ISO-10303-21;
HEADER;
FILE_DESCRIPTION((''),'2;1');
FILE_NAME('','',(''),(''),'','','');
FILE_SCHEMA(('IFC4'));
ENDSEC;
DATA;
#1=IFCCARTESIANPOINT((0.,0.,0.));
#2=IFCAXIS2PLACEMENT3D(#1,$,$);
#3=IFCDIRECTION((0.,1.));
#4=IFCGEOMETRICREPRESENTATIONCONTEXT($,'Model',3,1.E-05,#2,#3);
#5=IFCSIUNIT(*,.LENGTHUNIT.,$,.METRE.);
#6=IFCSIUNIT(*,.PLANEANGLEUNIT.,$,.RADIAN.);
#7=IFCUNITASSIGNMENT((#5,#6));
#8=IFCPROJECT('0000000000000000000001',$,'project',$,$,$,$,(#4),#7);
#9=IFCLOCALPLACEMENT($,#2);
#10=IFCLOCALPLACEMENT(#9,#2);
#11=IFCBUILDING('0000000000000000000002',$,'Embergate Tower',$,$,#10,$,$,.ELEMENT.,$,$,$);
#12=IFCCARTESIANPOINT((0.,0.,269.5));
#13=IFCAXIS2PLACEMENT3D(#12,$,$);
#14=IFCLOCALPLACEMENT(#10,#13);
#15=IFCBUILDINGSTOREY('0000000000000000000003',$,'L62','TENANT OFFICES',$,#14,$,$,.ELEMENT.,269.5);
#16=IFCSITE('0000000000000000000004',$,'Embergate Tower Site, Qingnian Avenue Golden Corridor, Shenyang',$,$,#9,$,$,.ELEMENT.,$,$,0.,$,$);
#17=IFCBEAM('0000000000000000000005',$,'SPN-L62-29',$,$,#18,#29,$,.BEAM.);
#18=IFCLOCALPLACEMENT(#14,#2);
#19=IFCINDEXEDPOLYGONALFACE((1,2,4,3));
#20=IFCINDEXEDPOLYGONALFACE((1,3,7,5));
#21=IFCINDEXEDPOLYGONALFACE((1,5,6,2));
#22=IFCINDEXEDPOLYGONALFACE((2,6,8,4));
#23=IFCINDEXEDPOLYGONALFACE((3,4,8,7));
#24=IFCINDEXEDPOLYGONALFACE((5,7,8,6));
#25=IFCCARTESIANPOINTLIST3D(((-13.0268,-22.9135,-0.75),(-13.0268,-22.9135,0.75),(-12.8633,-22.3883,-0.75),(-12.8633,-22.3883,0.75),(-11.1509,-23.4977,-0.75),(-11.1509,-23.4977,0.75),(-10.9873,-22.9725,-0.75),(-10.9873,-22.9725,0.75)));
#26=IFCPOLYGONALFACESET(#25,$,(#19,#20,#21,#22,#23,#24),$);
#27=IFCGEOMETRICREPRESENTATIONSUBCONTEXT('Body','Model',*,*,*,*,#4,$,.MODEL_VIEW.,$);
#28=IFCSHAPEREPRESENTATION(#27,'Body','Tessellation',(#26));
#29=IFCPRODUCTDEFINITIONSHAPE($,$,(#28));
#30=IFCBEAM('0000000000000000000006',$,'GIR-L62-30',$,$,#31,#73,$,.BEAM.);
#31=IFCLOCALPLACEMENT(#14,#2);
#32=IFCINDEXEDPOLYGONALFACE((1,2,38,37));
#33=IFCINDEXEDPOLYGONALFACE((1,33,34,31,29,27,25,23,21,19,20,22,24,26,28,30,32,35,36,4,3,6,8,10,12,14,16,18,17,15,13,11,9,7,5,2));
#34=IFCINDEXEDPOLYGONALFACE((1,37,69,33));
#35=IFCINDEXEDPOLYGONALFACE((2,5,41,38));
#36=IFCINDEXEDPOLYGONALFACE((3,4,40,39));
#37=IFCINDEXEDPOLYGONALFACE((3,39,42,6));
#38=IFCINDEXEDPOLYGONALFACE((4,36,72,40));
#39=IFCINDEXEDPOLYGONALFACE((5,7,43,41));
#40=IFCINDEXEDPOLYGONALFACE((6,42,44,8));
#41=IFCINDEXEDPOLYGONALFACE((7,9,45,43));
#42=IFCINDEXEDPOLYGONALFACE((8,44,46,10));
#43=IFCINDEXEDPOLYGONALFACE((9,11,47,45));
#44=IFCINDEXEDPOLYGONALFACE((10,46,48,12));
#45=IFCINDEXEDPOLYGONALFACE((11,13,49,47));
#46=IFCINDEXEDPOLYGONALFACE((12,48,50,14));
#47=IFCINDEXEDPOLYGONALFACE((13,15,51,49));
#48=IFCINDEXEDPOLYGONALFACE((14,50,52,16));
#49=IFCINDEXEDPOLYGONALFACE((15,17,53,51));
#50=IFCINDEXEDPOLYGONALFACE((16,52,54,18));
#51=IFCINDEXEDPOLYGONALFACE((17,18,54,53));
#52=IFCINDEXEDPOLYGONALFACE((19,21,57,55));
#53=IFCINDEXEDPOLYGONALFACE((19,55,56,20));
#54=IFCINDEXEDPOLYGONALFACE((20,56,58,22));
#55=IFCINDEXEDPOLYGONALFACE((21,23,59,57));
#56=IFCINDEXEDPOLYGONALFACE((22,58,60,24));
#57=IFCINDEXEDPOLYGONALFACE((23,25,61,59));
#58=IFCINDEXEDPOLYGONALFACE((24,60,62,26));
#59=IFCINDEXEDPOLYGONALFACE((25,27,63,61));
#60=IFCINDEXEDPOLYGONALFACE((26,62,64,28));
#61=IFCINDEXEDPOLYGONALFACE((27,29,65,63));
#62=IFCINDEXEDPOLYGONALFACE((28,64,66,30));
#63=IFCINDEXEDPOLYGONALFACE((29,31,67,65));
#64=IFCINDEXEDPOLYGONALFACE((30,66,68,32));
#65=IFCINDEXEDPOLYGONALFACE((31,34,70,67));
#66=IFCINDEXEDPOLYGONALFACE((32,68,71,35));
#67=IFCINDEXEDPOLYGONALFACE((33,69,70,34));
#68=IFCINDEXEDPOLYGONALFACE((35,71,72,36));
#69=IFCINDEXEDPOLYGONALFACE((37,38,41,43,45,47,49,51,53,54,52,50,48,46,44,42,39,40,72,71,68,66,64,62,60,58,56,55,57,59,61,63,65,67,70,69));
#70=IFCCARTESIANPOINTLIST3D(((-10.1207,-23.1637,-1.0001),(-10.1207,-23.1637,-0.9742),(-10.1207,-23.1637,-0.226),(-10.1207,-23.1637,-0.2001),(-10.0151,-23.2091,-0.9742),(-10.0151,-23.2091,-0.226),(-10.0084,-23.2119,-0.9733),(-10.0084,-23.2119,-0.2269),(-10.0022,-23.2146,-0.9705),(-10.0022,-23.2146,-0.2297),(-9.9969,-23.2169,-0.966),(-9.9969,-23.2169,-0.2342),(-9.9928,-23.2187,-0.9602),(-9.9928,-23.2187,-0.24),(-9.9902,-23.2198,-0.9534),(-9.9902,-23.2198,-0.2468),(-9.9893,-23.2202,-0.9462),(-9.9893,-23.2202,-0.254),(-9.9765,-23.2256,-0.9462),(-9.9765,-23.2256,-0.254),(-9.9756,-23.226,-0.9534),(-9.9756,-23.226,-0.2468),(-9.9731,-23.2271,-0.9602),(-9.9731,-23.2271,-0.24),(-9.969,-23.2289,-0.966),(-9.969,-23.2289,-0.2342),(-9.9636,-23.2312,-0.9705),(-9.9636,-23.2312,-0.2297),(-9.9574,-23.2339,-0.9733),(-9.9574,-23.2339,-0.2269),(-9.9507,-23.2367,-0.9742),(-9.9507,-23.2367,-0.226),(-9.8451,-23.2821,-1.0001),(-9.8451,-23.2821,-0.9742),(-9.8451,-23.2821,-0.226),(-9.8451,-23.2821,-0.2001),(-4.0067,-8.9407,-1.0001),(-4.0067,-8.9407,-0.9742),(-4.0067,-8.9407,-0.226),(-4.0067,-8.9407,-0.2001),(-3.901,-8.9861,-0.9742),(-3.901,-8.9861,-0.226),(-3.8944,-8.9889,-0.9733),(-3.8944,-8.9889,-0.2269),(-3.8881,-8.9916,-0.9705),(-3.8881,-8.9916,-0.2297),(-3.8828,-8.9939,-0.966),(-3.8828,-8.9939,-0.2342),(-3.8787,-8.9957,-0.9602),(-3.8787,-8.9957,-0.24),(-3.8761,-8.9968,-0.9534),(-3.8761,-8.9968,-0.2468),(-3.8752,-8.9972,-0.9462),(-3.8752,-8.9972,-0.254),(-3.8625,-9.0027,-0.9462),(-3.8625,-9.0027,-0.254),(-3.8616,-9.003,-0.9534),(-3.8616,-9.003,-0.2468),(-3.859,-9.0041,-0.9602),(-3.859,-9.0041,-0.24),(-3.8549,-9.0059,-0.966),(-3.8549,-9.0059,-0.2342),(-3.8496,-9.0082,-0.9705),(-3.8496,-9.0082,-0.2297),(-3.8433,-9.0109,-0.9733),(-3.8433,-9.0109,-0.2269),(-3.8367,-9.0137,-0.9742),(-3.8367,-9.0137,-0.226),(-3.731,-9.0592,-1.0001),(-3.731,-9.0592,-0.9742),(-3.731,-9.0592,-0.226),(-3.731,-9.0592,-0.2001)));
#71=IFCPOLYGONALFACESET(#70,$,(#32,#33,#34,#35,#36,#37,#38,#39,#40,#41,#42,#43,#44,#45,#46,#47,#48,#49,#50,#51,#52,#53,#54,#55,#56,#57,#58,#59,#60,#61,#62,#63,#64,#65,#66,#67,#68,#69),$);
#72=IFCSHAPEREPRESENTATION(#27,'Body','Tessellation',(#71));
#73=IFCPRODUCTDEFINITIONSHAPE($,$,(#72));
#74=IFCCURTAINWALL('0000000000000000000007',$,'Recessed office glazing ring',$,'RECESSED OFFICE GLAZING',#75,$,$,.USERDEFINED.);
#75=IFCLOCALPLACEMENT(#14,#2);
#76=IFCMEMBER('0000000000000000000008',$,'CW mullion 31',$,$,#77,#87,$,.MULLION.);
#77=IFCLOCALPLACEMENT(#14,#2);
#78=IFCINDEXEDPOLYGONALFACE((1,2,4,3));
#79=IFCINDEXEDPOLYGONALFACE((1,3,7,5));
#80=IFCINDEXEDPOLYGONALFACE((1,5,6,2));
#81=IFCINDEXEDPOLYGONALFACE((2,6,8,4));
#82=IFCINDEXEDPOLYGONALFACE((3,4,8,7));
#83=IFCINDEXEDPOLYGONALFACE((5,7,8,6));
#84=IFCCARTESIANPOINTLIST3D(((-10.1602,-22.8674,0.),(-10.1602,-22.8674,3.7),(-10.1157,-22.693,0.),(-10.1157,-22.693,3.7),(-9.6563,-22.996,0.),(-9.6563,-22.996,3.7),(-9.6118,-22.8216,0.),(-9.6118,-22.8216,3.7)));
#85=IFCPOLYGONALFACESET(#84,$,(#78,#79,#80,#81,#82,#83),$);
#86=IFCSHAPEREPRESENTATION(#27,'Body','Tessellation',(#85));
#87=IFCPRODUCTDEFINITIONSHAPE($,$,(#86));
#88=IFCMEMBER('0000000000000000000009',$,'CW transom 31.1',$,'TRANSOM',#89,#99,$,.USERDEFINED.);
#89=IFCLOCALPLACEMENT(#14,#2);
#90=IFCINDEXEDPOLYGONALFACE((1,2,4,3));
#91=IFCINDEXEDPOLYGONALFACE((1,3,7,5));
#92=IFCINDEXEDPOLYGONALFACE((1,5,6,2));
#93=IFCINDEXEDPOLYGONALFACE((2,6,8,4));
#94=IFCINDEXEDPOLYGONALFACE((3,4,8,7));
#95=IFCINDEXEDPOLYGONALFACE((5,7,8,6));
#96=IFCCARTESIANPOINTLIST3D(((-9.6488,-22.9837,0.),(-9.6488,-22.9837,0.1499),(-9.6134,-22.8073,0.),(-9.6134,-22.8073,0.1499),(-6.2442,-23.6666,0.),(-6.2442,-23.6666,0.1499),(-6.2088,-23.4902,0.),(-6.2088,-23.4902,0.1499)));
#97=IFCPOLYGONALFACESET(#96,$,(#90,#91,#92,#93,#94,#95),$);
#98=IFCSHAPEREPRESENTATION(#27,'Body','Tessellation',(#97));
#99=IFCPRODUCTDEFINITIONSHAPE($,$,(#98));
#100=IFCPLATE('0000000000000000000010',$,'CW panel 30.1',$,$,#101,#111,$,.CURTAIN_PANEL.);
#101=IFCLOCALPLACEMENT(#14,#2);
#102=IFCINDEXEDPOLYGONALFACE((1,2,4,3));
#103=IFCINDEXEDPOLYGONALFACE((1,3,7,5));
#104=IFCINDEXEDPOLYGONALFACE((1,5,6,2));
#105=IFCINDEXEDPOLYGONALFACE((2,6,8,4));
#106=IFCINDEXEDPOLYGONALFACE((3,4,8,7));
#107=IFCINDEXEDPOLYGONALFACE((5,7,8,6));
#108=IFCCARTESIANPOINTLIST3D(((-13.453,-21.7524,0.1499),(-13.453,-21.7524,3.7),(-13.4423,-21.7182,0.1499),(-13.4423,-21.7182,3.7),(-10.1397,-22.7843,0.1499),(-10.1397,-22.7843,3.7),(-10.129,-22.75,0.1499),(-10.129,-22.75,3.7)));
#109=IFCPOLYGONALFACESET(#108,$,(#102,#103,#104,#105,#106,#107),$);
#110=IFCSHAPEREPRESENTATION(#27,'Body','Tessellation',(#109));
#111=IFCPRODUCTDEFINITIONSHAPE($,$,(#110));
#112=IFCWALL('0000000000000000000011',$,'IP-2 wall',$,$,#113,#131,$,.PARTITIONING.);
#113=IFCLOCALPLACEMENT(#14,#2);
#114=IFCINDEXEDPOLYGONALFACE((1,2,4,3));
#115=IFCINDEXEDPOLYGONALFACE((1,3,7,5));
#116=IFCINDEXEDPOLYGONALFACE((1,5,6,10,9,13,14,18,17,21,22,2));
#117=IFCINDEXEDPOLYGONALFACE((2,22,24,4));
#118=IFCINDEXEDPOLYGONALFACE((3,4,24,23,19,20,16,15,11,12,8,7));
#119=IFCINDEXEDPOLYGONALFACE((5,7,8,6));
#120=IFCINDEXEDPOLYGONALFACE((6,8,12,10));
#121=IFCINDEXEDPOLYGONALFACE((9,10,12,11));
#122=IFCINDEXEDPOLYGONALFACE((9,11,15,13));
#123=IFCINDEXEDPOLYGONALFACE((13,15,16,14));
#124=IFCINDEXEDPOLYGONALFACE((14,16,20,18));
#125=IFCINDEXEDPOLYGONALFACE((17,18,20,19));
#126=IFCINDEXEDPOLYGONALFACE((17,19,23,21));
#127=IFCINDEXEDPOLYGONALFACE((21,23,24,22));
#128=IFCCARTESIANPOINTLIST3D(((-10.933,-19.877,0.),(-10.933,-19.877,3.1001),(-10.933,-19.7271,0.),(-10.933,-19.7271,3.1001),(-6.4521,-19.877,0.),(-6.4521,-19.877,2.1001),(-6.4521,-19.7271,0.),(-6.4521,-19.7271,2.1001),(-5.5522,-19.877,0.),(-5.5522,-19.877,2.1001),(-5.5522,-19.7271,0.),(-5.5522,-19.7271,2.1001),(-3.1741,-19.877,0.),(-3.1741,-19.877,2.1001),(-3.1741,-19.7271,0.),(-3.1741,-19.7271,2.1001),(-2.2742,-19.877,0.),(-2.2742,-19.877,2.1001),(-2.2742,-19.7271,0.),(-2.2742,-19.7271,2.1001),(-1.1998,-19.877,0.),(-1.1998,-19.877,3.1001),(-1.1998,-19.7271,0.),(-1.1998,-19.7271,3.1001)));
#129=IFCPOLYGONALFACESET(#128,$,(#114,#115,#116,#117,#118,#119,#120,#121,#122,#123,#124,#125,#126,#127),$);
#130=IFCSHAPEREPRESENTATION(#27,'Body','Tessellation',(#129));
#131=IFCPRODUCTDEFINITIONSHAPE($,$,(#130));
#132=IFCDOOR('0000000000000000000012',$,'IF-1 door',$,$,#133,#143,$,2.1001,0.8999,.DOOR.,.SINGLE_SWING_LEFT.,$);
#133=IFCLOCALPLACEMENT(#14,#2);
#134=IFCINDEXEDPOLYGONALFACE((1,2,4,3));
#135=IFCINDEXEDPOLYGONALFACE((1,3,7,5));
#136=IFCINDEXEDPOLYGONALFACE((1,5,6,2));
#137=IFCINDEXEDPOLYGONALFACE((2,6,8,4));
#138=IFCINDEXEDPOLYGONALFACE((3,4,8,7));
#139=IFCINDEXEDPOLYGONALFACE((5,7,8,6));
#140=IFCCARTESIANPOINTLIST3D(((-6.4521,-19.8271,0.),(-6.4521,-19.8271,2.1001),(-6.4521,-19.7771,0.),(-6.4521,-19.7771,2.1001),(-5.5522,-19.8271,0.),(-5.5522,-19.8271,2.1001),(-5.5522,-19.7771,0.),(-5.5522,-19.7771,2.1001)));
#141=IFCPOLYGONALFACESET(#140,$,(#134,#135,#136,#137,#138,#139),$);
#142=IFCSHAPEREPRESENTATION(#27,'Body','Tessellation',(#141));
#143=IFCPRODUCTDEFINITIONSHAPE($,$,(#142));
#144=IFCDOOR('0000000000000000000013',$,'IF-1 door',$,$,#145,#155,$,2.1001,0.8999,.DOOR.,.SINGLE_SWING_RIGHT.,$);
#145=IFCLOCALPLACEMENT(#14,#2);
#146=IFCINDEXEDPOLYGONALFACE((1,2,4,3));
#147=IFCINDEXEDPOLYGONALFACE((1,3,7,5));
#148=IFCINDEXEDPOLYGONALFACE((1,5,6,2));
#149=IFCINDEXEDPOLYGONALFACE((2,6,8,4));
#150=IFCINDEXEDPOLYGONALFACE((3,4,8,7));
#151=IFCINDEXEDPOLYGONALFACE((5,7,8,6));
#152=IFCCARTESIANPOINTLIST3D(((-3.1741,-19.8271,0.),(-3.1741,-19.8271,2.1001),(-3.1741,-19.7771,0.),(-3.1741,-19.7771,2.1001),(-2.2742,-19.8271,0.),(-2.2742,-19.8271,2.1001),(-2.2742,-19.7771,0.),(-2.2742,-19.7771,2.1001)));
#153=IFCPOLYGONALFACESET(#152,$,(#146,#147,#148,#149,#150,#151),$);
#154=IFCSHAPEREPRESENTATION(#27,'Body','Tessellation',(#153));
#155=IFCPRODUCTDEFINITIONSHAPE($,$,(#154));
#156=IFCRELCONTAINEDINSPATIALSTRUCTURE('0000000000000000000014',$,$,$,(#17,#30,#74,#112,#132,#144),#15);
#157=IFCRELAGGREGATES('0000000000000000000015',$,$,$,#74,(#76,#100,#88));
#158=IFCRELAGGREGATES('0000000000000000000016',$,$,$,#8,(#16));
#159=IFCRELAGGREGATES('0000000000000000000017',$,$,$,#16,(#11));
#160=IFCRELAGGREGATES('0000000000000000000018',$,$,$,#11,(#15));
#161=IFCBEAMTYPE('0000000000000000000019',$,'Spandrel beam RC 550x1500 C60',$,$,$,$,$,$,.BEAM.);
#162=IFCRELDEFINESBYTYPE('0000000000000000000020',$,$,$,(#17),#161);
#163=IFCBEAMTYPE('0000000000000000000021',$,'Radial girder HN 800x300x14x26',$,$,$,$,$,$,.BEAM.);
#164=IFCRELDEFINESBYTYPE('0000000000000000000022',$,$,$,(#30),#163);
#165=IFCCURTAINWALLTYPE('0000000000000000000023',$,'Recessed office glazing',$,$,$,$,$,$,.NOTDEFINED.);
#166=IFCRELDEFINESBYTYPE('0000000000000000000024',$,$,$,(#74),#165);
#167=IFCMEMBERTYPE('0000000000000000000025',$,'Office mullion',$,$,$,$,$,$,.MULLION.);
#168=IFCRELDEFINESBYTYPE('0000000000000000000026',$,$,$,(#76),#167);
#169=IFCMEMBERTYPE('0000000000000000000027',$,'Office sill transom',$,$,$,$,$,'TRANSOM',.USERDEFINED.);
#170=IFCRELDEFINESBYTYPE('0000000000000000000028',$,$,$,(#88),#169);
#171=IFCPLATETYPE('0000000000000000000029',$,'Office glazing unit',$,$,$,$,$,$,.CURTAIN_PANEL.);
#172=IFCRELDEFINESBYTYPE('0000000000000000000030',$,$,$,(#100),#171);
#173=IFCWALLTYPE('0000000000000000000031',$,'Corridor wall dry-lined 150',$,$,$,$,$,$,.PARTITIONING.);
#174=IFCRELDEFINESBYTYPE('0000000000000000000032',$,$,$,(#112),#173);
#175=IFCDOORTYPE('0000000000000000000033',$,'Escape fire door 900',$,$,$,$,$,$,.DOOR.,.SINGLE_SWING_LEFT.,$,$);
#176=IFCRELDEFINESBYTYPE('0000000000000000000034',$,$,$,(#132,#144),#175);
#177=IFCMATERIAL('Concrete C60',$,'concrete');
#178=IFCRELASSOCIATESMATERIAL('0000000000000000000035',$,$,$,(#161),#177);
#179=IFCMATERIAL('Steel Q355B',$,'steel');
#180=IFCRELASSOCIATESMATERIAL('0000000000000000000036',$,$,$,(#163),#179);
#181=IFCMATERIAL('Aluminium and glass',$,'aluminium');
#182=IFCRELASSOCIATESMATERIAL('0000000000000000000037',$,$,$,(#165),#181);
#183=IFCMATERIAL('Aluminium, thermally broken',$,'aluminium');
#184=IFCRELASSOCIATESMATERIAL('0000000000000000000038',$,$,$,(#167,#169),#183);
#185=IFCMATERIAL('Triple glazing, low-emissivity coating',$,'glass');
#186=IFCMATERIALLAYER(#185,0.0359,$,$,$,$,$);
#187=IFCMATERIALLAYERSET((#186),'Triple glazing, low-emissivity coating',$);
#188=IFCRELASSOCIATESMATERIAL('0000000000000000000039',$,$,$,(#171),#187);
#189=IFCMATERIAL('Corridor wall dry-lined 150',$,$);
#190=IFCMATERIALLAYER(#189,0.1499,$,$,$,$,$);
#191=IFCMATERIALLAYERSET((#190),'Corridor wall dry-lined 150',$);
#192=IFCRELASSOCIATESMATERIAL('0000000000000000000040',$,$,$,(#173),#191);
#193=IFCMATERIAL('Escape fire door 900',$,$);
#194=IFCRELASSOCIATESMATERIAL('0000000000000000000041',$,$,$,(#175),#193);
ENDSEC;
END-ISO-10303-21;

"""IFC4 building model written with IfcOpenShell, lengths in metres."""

from ifc_helpers import new_model, si_unit, direction, frame, frame_2d, origin, origin_2d, place, context, subcontext, project, spatial, rectangle, i_section, extrude, source, transform, mapped, material, layer, layer_set, material_profile, profile_set, type_object, element, fill, aggregate, save


model = new_model("IFC4")

# Units and contexts
model_context = context("Model", 3, precision=1e-05, world=origin(), true_north=direction((0.0, 1.0)))
body_context = subcontext(model_context, "Body", "Model", "MODEL_VIEW")
ifc_project = project(units=[si_unit("LENGTHUNIT", "METRE"), si_unit("PLANEANGLEUNIT", "RADIAN")], contexts=[model_context])

# Site, building, storey
site_placement = place(None, origin())
site = spatial("IfcSite", under=ifc_project, at=site_placement, Name="Embergate Tower Site, Qingnian Avenue Golden Corridor, Shenyang", CompositionType="ELEMENT", RefElevation=0.0)
building_placement = place(site_placement, origin())
building = spatial("IfcBuilding", under=site, at=building_placement, Name="Embergate Tower", CompositionType="ELEMENT")
storey_placement = place(building_placement, frame((0.0, 0.0, 269.5)))
storey = spatial("IfcBuildingStorey", under=building, at=storey_placement, Name="L62", Description="TENANT OFFICES", CompositionType="ELEMENT", Elevation=269.5)

# Beams
ifc_material_1 = material(Name="Concrete C60", Category="concrete")
ifc_material_profile_1 = material_profile(ifc_material_1, rectangle(XDim=0.55, YDim=1.5, at=origin_2d()), Name="RC 550x1500")
ifc_profile_set_1 = profile_set([ifc_material_profile_1], Name="Concrete C60")
beam_type_1 = type_object("IfcBeamType", Name="Spandrel beam RC 550x1500 C60", PredefinedType="BEAM", material=ifc_profile_set_1)
shared_shape_1 = source(origin(), body_context, "Body", "SweptSolid", [
    extrude(rectangle(XDim=0.55, YDim=1.5, at=origin_2d()), origin(), (0.0, 0.0, 1.0), 1.9648),
])
beam_1_placement = place(storey_placement, frame((-12.9451, -22.6509, 0.0), z_axis=(0.954771, -0.297341, 0.0), x_axis=(0.297341, 0.954771, 0.0)))
element("IfcBeam", 1, at=beam_1_placement, inside=storey, type_object=beam_type_1, Name="SPN-L62-29", PredefinedType="BEAM", context=body_context, shape_type="MappedRepresentation", body=[
    mapped(shared_shape_1, transform((0.0, 0.0, 0.0))),
])
ifc_material_2 = material(Name="Steel Q355B", Category="steel")
ifc_material_profile_2 = material_profile(ifc_material_2, i_section(OverallWidth=0.3, OverallDepth=0.8, WebThickness=0.0139, FlangeThickness=0.0259, FilletRadius=0.0281, at=origin_2d()), Name="HN 800x300x14x26")
ifc_profile_set_2 = profile_set([ifc_material_profile_2], Name="Steel Q355 grade B")
beam_type_2 = type_object("IfcBeamType", Name="Radial girder HN 800x300x14x26", PredefinedType="BEAM", material=ifc_profile_set_2)
shared_shape_2 = source(origin(), body_context, "Body", "SweptSolid", [
    extrude(i_section(OverallWidth=0.3, OverallDepth=0.8, WebThickness=0.0139, FlangeThickness=0.0259, FilletRadius=0.0281, at=origin_2d()), origin(), (0.0, 0.0, 1.0), 15.4814),
])
beam_2_placement = place(storey_placement, frame((-9.9829, -23.2229, -0.6001), z_axis=(0.394928, 0.918712, 0.0), x_axis=(-0.918712, 0.394928, 0.0)))
element("IfcBeam", 2, at=beam_2_placement, inside=storey, type_object=beam_type_2, Name="GIR-L62-30", PredefinedType="BEAM", context=body_context, shape_type="MappedRepresentation", body=[
    mapped(shared_shape_2, transform((0.0, 0.0, 0.0))),
])

# Curtain wall, members, plate
ifc_material_3 = material(Name="Aluminium and glass", Category="aluminium")
curtain_wall_type = type_object("IfcCurtainWallType", Name="Recessed office glazing", PredefinedType="NOTDEFINED", material=ifc_material_3)
curtain_wall_placement = place(storey_placement, origin())
curtain_wall = element("IfcCurtainWall", 3, at=curtain_wall_placement, inside=storey, type_object=curtain_wall_type, Name="Recessed office glazing ring", ObjectType="RECESSED OFFICE GLAZING", PredefinedType="USERDEFINED")
ifc_material_4 = material(Name="Aluminium, thermally broken", Category="aluminium")
ifc_material_profile_3 = material_profile(ifc_material_4, rectangle(XDim=0.1799, YDim=0.52, at=origin_2d()), Name="AL 520x180")
ifc_profile_set_3 = profile_set([ifc_material_profile_3], Name="Aluminium, thermally broken")
member_type_1 = type_object("IfcMemberType", Name="Office mullion", PredefinedType="MULLION", material=ifc_profile_set_3)
shared_shape_3 = source(origin(), body_context, "Body", "SweptSolid", [
    extrude(rectangle(XDim=0.1799, YDim=0.52, at=origin_2d()), origin(), (0.0, 0.0, 1.0), 3.7),
])
member_1_placement = place(storey_placement, frame((-9.886, -22.8445, 0.0), z_axis=(0.0, 0.0, 1.0), x_axis=(0.247307, 0.968937, 0.0)))
member_1 = element("IfcMember", 4, at=member_1_placement, type_object=member_type_1, Name="CW mullion 31", PredefinedType="MULLION", context=body_context, shape_type="MappedRepresentation", body=[
    mapped(shared_shape_3, transform((0.0, 0.0, 0.0))),
])
ifc_material_profile_4 = material_profile(ifc_material_4, rectangle(XDim=0.1799, YDim=0.1499, at=origin_2d()), Name="AL 150x180")
ifc_profile_set_4 = profile_set([ifc_material_profile_4], Name="Aluminium, thermally broken")
member_type_2 = type_object("IfcMemberType", Name="Office sill transom", ElementType="TRANSOM", PredefinedType="USERDEFINED", material=ifc_profile_set_4)
shared_shape_4 = source(origin(), body_context, "Body", "SweptSolid", [
    extrude(rectangle(XDim=0.1799, YDim=0.1499, at=origin_2d()), origin(), (0.0, 0.0, 1.0), 3.4724),
])
member_2_placement = place(storey_placement, frame((-9.6311, -22.8955, 0.075), z_axis=(0.980472, -0.196657, 0.0), x_axis=(0.196657, 0.980472, 0.0)))
member_2 = element("IfcMember", 5, at=member_2_placement, type_object=member_type_2, Name="CW transom 31.1", ObjectType="TRANSOM", PredefinedType="USERDEFINED", context=body_context, shape_type="MappedRepresentation", body=[
    mapped(shared_shape_4, transform((0.0, 0.0, 0.0))),
])
ifc_material_5 = material(Name="Triple glazing, low-emissivity coating", Category="glass")
ifc_layer_1 = layer(ifc_material_5, 0.0359)
ifc_layer_set_1 = layer_set([ifc_layer_1], Name="Triple glazing, low-emissivity coating")
plate_type = type_object("IfcPlateType", Name="Office glazing unit", PredefinedType="CURTAIN_PANEL", material=ifc_layer_set_1)
shared_shape_5 = source(origin(), body_context, "Body", "SweptSolid", [
    extrude(rectangle(XDim=3.4702, YDim=0.0359, at=origin_2d()), origin(), (0.0, 0.0, 1.0), 3.55),
])
plate_placement = place(storey_placement, frame((-11.791, -22.2512, 0.1499), z_axis=(0.0, 0.0, 1.0), x_axis=(0.954773, -0.297337, 0.0)))
plate = element("IfcPlate", 6, at=plate_placement, type_object=plate_type, Name="CW panel 30.1", PredefinedType="CURTAIN_PANEL", context=body_context, shape_type="MappedRepresentation", body=[
    mapped(shared_shape_5, transform((0.0, 0.0, 0.0))),
])
aggregate(curtain_wall, [member_1, plate, member_2])

# Wall, openings, doors
ifc_material_6 = material(Name="Corridor wall dry-lined 150")
ifc_layer_2 = layer(ifc_material_6, 0.1499)
ifc_layer_set_2 = layer_set([ifc_layer_2], Name="Corridor wall dry-lined 150")
wall_type_1 = type_object("IfcWallType", Name="Corridor wall dry-lined 150", PredefinedType="PARTITIONING", material=ifc_layer_set_2)
shared_shape_6 = source(origin(), body_context, "Body", "SweptSolid", [
    extrude(rectangle(XDim=9.7332, YDim=0.1499, at=frame_2d((4.8667, 0.0))), origin(), (0.0, 0.0, 1.0), 3.1001),
])
wall_1_placement = place(storey_placement, frame((-10.9331, -19.802, 0.0), z_axis=(0.0, 0.0, 1.0), x_axis=(1.0, 0.0, 0.0)))
wall_1 = element("IfcWall", 7, at=wall_1_placement, inside=storey, type_object=wall_type_1, Name="IP-2 wall", PredefinedType="PARTITIONING", context=body_context, shape_type="MappedRepresentation", body=[
    mapped(shared_shape_6, transform((0.0, 0.0, 0.0))),
])
shared_shape_7 = source(origin(), body_context, "Body", "SweptSolid", [
    extrude(rectangle(XDim=0.8999, YDim=2.1001, at=frame_2d((0.45, 1.05))), frame((0.0, 0.085, 0.0), z_axis=(0.0, -1.0, 0.0), x_axis=(1.0, 0.0, 0.0)), (0.0, 0.0, 1.0), 0.1699),
])
opening_1_placement = place(wall_1_placement, frame((4.481, 0.0, 0.0)))
opening_1 = element("IfcOpeningElement", 8, at=opening_1_placement, cuts=wall_1, PredefinedType="OPENING", context=body_context, shape_type="MappedRepresentation", body=[
    mapped(shared_shape_7, transform((0.0, 0.0, 0.0))),
])
opening_2_placement = place(wall_1_placement, frame((7.759, 0.0, 0.0)))
opening_2 = element("IfcOpeningElement", 9, at=opening_2_placement, cuts=wall_1, PredefinedType="OPENING", context=body_context, shape_type="MappedRepresentation", body=[
    mapped(shared_shape_7, transform((0.0, 0.0, 0.0))),
])
ifc_material_7 = material(Name="Escape fire door 900")
door_type_1 = type_object("IfcDoorType", Name="Escape fire door 900", OperationType="SINGLE_SWING_LEFT", PredefinedType="DOOR", material=ifc_material_7)
shared_shape_8 = source(origin(), body_context, "Body", "SweptSolid", [
    extrude(rectangle(XDim=0.8999, YDim=2.1001, at=frame_2d((0.45, 1.05))), frame((0.0, 0.0249, 0.0), z_axis=(0.0, -1.0, 0.0), x_axis=(1.0, 0.0, 0.0)), (0.0, 0.0, 1.0), 0.05),
])
door_1_placement = place(opening_1_placement, origin())
door_1 = element("IfcDoor", 10, at=door_1_placement, inside=storey, type_object=door_type_1, Name="IF-1 door", OperationType="SINGLE_SWING_LEFT", OverallHeight=2.1001, OverallWidth=0.8999, PredefinedType="DOOR", context=body_context, shape_type="MappedRepresentation", body=[
    mapped(shared_shape_8, transform((0.0, 0.0, 0.0))),
])
fill(opening_1, door_1)
door_2_placement = place(opening_2_placement, origin())
door_2 = element("IfcDoor", 11, at=door_2_placement, inside=storey, type_object=door_type_1, Name="IF-1 door", OperationType="SINGLE_SWING_RIGHT", OverallHeight=2.1001, OverallWidth=0.8999, PredefinedType="DOOR", context=body_context, shape_type="MappedRepresentation", body=[
    mapped(shared_shape_8, transform((0.0, 0.0, 0.0))),
])
fill(opening_2, door_2)

save(model, "model.ifc")
